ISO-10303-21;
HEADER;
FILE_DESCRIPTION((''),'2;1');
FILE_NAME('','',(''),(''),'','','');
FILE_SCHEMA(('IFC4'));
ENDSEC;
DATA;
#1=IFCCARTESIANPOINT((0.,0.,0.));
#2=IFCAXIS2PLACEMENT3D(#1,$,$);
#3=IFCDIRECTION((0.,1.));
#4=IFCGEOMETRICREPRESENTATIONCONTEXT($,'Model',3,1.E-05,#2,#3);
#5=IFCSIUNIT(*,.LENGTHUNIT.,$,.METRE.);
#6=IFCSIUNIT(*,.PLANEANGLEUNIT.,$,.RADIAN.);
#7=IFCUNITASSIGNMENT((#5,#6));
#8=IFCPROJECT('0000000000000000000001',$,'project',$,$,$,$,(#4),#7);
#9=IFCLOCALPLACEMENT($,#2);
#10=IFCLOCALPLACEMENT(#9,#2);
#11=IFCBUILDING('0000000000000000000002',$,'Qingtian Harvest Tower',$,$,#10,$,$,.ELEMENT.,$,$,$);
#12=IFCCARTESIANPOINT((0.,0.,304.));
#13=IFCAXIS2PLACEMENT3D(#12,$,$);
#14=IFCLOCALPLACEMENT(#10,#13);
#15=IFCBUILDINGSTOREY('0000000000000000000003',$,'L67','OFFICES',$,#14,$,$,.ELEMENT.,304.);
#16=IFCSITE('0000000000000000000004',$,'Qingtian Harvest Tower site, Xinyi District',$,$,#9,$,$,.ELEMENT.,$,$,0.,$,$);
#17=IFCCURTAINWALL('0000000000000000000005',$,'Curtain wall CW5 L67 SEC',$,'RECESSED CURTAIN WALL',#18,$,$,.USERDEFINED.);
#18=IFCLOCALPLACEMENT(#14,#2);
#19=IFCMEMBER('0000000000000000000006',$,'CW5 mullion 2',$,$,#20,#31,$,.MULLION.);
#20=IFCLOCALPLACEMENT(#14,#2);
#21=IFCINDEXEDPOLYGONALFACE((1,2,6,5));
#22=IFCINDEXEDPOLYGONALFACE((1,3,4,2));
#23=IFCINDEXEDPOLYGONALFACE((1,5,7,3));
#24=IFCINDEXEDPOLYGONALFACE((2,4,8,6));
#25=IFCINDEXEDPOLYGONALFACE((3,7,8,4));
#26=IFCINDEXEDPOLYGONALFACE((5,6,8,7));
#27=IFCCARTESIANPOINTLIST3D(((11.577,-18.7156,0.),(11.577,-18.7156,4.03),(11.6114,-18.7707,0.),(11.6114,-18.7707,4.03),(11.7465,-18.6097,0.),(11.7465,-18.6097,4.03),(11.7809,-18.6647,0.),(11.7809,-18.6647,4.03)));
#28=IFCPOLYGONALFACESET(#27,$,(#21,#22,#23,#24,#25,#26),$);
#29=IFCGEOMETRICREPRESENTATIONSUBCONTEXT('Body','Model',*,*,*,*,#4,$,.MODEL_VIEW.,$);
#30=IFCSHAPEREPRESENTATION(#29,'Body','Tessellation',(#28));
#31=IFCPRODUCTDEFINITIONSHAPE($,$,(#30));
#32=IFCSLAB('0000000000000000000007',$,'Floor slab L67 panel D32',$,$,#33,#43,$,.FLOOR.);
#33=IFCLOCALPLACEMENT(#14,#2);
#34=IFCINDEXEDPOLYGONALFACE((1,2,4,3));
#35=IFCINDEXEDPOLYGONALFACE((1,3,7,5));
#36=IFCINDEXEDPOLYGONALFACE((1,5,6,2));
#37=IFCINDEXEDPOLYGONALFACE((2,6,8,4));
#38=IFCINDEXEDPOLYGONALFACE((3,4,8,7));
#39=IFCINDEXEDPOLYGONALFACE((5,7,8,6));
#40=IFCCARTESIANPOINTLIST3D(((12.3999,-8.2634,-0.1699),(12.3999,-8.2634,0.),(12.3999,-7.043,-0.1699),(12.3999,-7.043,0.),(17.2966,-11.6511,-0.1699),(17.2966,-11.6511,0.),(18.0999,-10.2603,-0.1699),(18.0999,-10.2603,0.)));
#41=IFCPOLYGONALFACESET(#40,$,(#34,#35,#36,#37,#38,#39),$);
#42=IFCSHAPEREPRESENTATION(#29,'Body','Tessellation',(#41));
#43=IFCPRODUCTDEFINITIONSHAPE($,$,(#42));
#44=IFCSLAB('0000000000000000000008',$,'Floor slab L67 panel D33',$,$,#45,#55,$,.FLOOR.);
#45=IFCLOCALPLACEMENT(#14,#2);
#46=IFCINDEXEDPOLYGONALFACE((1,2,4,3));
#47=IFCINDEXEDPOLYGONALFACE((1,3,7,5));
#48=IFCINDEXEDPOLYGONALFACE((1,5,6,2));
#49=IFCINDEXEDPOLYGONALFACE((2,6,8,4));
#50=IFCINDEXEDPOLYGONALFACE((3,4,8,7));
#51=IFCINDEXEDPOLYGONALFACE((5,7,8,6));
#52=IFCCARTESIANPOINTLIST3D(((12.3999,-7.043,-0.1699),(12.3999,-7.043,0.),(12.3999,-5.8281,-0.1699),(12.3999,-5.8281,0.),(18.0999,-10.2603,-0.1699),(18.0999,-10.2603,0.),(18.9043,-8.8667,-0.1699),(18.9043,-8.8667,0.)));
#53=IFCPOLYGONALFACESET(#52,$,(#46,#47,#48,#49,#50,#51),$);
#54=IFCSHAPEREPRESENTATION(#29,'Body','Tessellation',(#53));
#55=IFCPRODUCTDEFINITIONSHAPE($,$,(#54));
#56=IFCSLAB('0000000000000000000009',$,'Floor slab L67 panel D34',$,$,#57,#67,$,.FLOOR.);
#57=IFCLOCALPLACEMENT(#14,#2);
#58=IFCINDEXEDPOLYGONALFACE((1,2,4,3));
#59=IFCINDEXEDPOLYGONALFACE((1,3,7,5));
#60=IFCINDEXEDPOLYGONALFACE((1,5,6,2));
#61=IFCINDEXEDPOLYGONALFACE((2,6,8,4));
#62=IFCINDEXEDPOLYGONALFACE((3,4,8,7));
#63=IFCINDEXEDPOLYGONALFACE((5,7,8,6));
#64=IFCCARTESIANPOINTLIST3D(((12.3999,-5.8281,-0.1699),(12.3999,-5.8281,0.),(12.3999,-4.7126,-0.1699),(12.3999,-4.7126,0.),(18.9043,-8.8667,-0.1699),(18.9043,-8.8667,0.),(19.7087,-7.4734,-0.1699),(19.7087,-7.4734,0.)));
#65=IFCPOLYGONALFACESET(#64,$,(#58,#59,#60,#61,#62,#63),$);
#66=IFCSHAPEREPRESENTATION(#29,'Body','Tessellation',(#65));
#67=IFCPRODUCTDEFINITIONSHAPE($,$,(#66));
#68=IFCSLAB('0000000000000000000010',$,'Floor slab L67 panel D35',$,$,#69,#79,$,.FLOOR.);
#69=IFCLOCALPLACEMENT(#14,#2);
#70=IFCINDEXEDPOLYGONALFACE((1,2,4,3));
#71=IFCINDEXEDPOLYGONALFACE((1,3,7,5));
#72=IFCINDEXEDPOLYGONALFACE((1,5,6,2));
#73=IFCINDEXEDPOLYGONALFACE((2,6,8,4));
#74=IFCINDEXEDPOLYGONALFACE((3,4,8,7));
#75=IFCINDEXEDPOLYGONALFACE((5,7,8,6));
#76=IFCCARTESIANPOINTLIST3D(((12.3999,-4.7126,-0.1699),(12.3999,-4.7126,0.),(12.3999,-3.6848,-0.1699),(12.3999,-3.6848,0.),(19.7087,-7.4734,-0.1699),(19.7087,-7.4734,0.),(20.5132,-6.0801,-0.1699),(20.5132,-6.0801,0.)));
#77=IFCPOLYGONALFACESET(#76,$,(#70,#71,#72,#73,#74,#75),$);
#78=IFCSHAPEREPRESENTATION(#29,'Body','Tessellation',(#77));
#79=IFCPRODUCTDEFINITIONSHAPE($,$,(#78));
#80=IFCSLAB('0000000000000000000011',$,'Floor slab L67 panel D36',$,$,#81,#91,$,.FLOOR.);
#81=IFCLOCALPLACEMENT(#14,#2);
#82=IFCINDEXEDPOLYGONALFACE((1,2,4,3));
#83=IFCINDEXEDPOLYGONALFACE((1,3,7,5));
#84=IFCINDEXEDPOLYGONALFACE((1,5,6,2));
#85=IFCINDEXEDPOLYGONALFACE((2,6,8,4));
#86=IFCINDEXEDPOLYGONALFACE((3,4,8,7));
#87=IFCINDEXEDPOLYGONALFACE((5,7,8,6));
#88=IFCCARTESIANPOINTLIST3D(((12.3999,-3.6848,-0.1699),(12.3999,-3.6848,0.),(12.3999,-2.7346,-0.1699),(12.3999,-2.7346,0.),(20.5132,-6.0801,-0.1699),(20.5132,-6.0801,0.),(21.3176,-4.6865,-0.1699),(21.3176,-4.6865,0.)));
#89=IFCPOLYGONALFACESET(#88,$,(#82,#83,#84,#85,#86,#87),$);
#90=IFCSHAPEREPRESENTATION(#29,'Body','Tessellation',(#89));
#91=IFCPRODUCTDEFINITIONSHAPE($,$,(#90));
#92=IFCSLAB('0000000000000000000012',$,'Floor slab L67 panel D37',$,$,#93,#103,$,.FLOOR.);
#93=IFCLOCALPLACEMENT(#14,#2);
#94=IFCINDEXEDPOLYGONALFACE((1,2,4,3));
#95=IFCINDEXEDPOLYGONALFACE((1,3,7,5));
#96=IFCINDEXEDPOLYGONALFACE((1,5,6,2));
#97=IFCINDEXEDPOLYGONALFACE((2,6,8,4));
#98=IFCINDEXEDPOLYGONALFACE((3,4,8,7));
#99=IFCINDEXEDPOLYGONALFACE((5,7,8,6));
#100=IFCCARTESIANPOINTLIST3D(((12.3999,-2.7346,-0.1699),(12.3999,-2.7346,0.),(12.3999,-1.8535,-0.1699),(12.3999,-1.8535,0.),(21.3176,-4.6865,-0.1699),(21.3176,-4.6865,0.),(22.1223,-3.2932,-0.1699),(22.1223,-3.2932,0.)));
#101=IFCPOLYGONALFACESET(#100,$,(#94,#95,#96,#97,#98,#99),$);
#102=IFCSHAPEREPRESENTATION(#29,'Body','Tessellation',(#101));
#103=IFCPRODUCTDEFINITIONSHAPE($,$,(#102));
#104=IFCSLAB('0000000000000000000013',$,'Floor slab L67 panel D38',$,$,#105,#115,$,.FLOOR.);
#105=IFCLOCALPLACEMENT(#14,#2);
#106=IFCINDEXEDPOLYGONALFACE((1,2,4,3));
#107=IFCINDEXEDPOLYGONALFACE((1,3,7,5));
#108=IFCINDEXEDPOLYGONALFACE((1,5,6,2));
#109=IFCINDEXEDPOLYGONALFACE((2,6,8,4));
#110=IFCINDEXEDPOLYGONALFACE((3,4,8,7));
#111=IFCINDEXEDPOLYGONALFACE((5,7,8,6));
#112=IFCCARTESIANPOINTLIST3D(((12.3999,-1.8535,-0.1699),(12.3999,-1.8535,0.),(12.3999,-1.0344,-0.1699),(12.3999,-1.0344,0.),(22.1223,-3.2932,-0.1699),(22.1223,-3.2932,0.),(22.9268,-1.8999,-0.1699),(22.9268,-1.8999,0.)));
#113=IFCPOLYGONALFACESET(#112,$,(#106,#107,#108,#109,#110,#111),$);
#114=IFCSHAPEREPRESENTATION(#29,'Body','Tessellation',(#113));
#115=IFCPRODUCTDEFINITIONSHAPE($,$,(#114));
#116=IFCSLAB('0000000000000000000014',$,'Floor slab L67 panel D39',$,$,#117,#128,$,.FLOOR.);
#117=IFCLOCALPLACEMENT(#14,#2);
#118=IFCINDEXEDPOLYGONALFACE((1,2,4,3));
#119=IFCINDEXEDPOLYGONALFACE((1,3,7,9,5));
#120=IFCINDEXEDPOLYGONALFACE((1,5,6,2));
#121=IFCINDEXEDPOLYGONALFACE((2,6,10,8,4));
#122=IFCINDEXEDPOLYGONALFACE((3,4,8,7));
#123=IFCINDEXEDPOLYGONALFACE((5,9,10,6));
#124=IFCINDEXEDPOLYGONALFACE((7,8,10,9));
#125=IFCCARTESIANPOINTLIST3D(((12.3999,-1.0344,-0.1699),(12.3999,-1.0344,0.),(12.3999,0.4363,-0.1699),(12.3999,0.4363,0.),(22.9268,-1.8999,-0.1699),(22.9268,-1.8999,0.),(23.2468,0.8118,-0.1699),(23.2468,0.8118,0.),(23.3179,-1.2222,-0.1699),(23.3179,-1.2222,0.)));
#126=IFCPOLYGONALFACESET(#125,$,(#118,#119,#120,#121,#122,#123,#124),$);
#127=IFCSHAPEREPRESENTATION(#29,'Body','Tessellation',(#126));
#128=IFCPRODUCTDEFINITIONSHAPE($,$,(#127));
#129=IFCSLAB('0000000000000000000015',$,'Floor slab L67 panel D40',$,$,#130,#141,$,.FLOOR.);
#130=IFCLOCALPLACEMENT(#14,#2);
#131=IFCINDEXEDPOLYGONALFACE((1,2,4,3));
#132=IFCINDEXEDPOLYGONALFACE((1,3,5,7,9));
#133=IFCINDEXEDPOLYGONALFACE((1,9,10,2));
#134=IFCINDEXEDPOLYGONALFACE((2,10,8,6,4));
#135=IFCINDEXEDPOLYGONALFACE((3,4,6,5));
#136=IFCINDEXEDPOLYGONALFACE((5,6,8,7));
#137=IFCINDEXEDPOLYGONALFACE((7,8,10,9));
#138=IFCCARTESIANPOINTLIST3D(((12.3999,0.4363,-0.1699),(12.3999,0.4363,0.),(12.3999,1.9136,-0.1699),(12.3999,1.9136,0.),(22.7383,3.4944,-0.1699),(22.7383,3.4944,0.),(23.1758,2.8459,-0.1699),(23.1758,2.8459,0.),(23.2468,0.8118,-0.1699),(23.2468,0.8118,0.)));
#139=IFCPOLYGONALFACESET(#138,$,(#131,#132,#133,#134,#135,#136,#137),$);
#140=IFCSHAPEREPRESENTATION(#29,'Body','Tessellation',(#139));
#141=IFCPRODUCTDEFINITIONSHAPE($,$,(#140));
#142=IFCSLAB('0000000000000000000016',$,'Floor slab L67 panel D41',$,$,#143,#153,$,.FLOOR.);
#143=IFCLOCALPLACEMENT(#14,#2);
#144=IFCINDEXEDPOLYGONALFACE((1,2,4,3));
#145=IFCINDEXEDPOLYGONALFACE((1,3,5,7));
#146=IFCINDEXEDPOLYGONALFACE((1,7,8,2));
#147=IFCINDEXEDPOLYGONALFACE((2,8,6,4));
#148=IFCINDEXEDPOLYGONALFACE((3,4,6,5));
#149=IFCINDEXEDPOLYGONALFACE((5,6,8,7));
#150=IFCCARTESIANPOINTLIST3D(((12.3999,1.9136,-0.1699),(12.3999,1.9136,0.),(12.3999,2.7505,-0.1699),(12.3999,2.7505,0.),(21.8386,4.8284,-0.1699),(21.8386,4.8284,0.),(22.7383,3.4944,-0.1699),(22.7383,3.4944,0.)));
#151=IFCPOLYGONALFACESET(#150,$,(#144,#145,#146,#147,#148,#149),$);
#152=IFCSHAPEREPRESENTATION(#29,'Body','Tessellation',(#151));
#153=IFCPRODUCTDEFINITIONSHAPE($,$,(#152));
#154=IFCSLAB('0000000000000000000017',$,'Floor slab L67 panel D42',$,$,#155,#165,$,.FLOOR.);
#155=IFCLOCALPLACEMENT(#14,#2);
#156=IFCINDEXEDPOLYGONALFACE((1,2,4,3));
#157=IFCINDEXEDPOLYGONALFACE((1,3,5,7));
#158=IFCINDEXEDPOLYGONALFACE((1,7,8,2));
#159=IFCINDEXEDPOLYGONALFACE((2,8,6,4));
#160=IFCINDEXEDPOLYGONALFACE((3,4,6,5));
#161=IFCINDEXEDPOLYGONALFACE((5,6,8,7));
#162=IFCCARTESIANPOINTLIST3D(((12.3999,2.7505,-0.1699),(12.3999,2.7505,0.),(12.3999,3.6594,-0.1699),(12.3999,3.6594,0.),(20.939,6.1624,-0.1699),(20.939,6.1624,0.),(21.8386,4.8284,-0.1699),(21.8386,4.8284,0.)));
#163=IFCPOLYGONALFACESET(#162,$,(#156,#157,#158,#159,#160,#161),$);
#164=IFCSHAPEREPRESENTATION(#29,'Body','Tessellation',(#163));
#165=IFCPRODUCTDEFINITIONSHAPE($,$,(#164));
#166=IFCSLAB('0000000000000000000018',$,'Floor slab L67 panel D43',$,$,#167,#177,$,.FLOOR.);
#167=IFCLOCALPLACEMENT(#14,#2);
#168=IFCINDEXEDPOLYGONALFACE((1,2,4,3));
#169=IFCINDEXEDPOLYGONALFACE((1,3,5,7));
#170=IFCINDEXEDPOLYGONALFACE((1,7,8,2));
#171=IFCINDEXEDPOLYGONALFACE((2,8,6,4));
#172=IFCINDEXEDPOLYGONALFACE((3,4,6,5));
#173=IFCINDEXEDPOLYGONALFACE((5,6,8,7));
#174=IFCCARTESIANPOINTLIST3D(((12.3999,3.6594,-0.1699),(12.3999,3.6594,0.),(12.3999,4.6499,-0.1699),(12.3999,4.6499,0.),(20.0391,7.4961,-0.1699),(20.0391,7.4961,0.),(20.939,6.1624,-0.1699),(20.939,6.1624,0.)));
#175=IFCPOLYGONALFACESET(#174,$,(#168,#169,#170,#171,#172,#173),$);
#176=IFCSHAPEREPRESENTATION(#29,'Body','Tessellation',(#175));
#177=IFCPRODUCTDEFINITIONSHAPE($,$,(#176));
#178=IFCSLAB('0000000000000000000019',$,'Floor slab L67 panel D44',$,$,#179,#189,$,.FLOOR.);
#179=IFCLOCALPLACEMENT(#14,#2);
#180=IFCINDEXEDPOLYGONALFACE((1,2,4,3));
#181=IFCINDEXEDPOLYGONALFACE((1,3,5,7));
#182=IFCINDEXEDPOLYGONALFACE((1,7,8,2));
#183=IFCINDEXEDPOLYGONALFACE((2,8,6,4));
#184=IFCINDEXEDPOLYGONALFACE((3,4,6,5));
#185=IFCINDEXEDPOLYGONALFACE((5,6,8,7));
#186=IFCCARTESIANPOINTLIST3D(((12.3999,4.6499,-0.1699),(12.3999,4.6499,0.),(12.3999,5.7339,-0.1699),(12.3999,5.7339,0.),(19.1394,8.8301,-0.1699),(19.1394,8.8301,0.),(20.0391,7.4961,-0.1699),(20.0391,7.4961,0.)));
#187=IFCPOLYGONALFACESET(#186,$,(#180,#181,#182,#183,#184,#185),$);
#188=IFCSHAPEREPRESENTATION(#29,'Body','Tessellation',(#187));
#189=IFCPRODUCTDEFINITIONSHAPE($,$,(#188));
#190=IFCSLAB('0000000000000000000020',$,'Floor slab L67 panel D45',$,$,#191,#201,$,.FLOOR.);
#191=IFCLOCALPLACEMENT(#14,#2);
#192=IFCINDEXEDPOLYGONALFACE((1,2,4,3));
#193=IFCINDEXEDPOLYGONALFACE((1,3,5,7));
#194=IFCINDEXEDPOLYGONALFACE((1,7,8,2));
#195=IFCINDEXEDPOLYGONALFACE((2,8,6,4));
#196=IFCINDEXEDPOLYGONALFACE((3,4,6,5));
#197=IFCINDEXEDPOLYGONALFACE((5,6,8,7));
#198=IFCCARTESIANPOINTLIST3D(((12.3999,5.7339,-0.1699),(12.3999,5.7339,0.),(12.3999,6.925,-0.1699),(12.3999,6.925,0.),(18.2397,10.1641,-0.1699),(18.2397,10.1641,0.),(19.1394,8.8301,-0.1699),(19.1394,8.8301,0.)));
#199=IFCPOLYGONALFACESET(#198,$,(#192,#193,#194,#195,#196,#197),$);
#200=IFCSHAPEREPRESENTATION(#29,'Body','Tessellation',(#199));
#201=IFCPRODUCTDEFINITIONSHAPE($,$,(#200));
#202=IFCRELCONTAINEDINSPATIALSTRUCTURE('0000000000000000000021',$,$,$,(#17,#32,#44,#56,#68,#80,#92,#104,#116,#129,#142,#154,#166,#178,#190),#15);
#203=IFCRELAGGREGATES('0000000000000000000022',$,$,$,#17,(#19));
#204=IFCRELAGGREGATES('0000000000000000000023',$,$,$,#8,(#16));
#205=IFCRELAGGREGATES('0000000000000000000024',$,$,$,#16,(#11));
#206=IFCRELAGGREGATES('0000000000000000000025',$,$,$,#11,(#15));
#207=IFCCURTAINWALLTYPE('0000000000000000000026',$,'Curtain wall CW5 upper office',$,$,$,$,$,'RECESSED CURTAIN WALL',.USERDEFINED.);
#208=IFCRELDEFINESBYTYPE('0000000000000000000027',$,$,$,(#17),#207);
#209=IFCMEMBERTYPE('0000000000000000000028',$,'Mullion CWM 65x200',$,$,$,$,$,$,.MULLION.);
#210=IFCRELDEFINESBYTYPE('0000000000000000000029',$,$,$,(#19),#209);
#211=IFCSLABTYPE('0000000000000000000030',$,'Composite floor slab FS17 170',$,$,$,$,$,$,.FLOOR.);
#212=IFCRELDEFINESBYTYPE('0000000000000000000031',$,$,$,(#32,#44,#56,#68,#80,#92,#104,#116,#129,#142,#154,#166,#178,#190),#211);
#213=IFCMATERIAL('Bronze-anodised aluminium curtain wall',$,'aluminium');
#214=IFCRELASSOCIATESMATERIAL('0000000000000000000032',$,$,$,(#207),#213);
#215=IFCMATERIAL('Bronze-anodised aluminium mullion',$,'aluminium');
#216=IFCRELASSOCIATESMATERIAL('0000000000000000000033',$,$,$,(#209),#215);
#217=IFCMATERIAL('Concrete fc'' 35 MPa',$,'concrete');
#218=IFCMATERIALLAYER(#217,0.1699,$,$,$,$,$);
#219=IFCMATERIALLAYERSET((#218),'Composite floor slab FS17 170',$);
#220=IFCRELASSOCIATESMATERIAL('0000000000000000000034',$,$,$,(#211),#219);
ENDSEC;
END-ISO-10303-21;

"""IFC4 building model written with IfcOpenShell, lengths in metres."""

from ifc_helpers import new_model, si_unit, direction, frame, origin, origin_2d, place, context, subcontext, project, spatial, polyline, rectangle, outline, extrude, material, layer, layer_set, material_profile, profile_set, type_object, element, aggregate, save


model = new_model("IFC4")

# Units and contexts
model_context = context("Model", 3, precision=1e-05, world=origin(), true_north=direction((0.0, 1.0)))
body_context = subcontext(model_context, "Body", "Model", "MODEL_VIEW")
ifc_project = project(units=[si_unit("LENGTHUNIT", "METRE"), si_unit("PLANEANGLEUNIT", "RADIAN")], contexts=[model_context])

# Site, building, storey
site_placement = place(None, origin())
site = spatial("IfcSite", under=ifc_project, at=site_placement, Name="Qingtian Harvest Tower site, Xinyi District", CompositionType="ELEMENT", RefElevation=0.0)
building_placement = place(site_placement, origin())
building = spatial("IfcBuilding", under=site, at=building_placement, Name="Qingtian Harvest Tower", CompositionType="ELEMENT")
storey_placement = place(building_placement, frame((0.0, 0.0, 304.0)))
storey = spatial("IfcBuildingStorey", under=building, at=storey_placement, Name="L67", Description="OFFICES", CompositionType="ELEMENT", Elevation=304.0)

# Curtain wall, member
ifc_material_1 = material(Name="Bronze-anodised aluminium curtain wall", Category="aluminium")
curtain_wall_type = type_object("IfcCurtainWallType", Name="Curtain wall CW5 upper office", ElementType="RECESSED CURTAIN WALL", PredefinedType="USERDEFINED", material=ifc_material_1)
curtain_wall_placement = place(storey_placement, origin())
curtain_wall = element("IfcCurtainWall", 1, at=curtain_wall_placement, inside=storey, type_object=curtain_wall_type, Name="Curtain wall CW5 L67 SEC", ObjectType="RECESSED CURTAIN WALL", PredefinedType="USERDEFINED")
ifc_material_2 = material(Name="Bronze-anodised aluminium mullion", Category="aluminium")
ifc_material_profile = material_profile(ifc_material_2, rectangle(XDim=0.0649, YDim=0.2, at=origin_2d()), Name="AL 65x200")
ifc_profile_set = profile_set([ifc_material_profile], Name="Bronze-anodised aluminium mullion")
member_type = type_object("IfcMemberType", Name="Mullion CWM 65x200", PredefinedType="MULLION", material=ifc_profile_set)
member_placement = place(storey_placement, frame((11.679, -18.6902, 0.0), z_axis=(0.0, 0.0, 1.0), x_axis=(0.529919, -0.848048, 0.0)))
member = element("IfcMember", 2, at=member_placement, type_object=member_type, Name="CW5 mullion 2", PredefinedType="MULLION", context=body_context, shape_type="SweptSolid", body=[
    extrude(rectangle(XDim=0.0649, YDim=0.2, at=origin_2d()), origin(), (0.0, 0.0, 1.0), 4.03),
])
aggregate(curtain_wall, [member])

# Slabs
ifc_material_3 = material(Name="Concrete fc' 35 MPa", Category="concrete")
ifc_layer_1 = layer(ifc_material_3, 0.1699)
ifc_layer_set_1 = layer_set([ifc_layer_1], Name="Composite floor slab FS17 170")
slab_type = type_object("IfcSlabType", Name="Composite floor slab FS17 170", PredefinedType="FLOOR", material=ifc_layer_set_1)
slab_1_placement = place(storey_placement, frame((0.0, 0.0, -0.1699)))
element("IfcSlab", 3, at=slab_1_placement, inside=storey, type_object=slab_type, Name="Floor slab L67 panel D32", PredefinedType="FLOOR", context=body_context, shape_type="SweptSolid", body=[
    extrude(outline(polyline([(12.3999, -7.043), (18.0999, -10.2603), (17.2966, -11.6511), (12.3999, -8.2634), (12.3999, -7.043)])), origin(), (0.0, 0.0, 1.0), 0.1699),
])
slab_2_placement = place(storey_placement, frame((0.0, 0.0, -0.1699)))
element("IfcSlab", 4, at=slab_2_placement, inside=storey, type_object=slab_type, Name="Floor slab L67 panel D33", PredefinedType="FLOOR", context=body_context, shape_type="SweptSolid", body=[
    extrude(outline(polyline([(12.3999, -5.8281), (18.9043, -8.8667), (18.0999, -10.2603), (12.3999, -7.043), (12.3999, -5.8281)])), origin(), (0.0, 0.0, 1.0), 0.1699),
])
slab_3_placement = place(storey_placement, frame((0.0, 0.0, -0.1699)))
element("IfcSlab", 5, at=slab_3_placement, inside=storey, type_object=slab_type, Name="Floor slab L67 panel D34", PredefinedType="FLOOR", context=body_context, shape_type="SweptSolid", body=[
    extrude(outline(polyline([(12.3999, -4.7126), (19.7087, -7.4734), (18.9043, -8.8667), (12.3999, -5.8281), (12.3999, -4.7126)])), origin(), (0.0, 0.0, 1.0), 0.1699),
])
slab_4_placement = place(storey_placement, frame((0.0, 0.0, -0.1699)))
element("IfcSlab", 6, at=slab_4_placement, inside=storey, type_object=slab_type, Name="Floor slab L67 panel D35", PredefinedType="FLOOR", context=body_context, shape_type="SweptSolid", body=[
    extrude(outline(polyline([(12.3999, -3.6848), (20.5132, -6.0801), (19.7087, -7.4734), (12.3999, -4.7126), (12.3999, -3.6848)])), origin(), (0.0, 0.0, 1.0), 0.1699),
])
slab_5_placement = place(storey_placement, frame((0.0, 0.0, -0.1699)))
element("IfcSlab", 7, at=slab_5_placement, inside=storey, type_object=slab_type, Name="Floor slab L67 panel D36", PredefinedType="FLOOR", context=body_context, shape_type="SweptSolid", body=[
    extrude(outline(polyline([(12.3999, -2.7346), (21.3176, -4.6865), (20.5132, -6.0801), (12.3999, -3.6848), (12.3999, -2.7346)])), origin(), (0.0, 0.0, 1.0), 0.1699),
])
slab_6_placement = place(storey_placement, frame((0.0, 0.0, -0.1699)))
element("IfcSlab", 8, at=slab_6_placement, inside=storey, type_object=slab_type, Name="Floor slab L67 panel D37", PredefinedType="FLOOR", context=body_context, shape_type="SweptSolid", body=[
    extrude(outline(polyline([(12.3999, -1.8535), (22.1223, -3.2932), (21.3176, -4.6865), (12.3999, -2.7346), (12.3999, -1.8535)])), origin(), (0.0, 0.0, 1.0), 0.1699),
])
slab_7_placement = place(storey_placement, frame((0.0, 0.0, -0.1699)))
element("IfcSlab", 9, at=slab_7_placement, inside=storey, type_object=slab_type, Name="Floor slab L67 panel D38", PredefinedType="FLOOR", context=body_context, shape_type="SweptSolid", body=[
    extrude(outline(polyline([(12.3999, -1.0344), (22.9268, -1.8999), (22.1223, -3.2932), (12.3999, -1.8535), (12.3999, -1.0344)])), origin(), (0.0, 0.0, 1.0), 0.1699),
])
slab_8_placement = place(storey_placement, frame((0.0, 0.0, -0.1699)))
element("IfcSlab", 10, at=slab_8_placement, inside=storey, type_object=slab_type, Name="Floor slab L67 panel D39", PredefinedType="FLOOR", context=body_context, shape_type="SweptSolid", body=[
    extrude(outline(polyline([(12.3999, -1.0344), (12.3999, 0.4363), (23.2468, 0.8118), (23.3179, -1.2222), (22.9268, -1.8999), (12.3999, -1.0344)])), origin(), (0.0, 0.0, 1.0), 0.1699),
])
slab_9_placement = place(storey_placement, frame((0.0, 0.0, -0.1699)))
element("IfcSlab", 11, at=slab_9_placement, inside=storey, type_object=slab_type, Name="Floor slab L67 panel D40", PredefinedType="FLOOR", context=body_context, shape_type="SweptSolid", body=[
    extrude(outline(polyline([(12.3999, 0.4363), (12.3999, 1.9136), (22.7383, 3.4944), (23.1758, 2.8459), (23.2468, 0.8118), (12.3999, 0.4363)])), origin(), (0.0, 0.0, 1.0), 0.1699),
])
slab_10_placement = place(storey_placement, frame((0.0, 0.0, -0.1699)))
element("IfcSlab", 12, at=slab_10_placement, inside=storey, type_object=slab_type, Name="Floor slab L67 panel D41", PredefinedType="FLOOR", context=body_context, shape_type="SweptSolid", body=[
    extrude(outline(polyline([(12.3999, 2.7505), (21.8386, 4.8284), (22.7383, 3.4944), (12.3999, 1.9136), (12.3999, 2.7505)])), origin(), (0.0, 0.0, 1.0), 0.1699),
])
slab_11_placement = place(storey_placement, frame((0.0, 0.0, -0.1699)))
element("IfcSlab", 13, at=slab_11_placement, inside=storey, type_object=slab_type, Name="Floor slab L67 panel D42", PredefinedType="FLOOR", context=body_context, shape_type="SweptSolid", body=[
    extrude(outline(polyline([(12.3999, 3.6594), (20.939, 6.1624), (21.8386, 4.8284), (12.3999, 2.7505), (12.3999, 3.6594)])), origin(), (0.0, 0.0, 1.0), 0.1699),
])
slab_12_placement = place(storey_placement, frame((0.0, 0.0, -0.1699)))
element("IfcSlab", 14, at=slab_12_placement, inside=storey, type_object=slab_type, Name="Floor slab L67 panel D43", PredefinedType="FLOOR", context=body_context, shape_type="SweptSolid", body=[
    extrude(outline(polyline([(12.3999, 4.6499), (20.0391, 7.4961), (20.939, 6.1624), (12.3999, 3.6594), (12.3999, 4.6499)])), origin(), (0.0, 0.0, 1.0), 0.1699),
])
slab_13_placement = place(storey_placement, frame((0.0, 0.0, -0.1699)))
element("IfcSlab", 15, at=slab_13_placement, inside=storey, type_object=slab_type, Name="Floor slab L67 panel D44", PredefinedType="FLOOR", context=body_context, shape_type="SweptSolid", body=[
    extrude(outline(polyline([(12.3999, 5.7339), (19.1394, 8.8301), (20.0391, 7.4961), (12.3999, 4.6499), (12.3999, 5.7339)])), origin(), (0.0, 0.0, 1.0), 0.1699),
])
slab_14_placement = place(storey_placement, frame((0.0, 0.0, -0.1699)))
element("IfcSlab", 16, at=slab_14_placement, inside=storey, type_object=slab_type, Name="Floor slab L67 panel D45", PredefinedType="FLOOR", context=body_context, shape_type="SweptSolid", body=[
    extrude(outline(polyline([(12.3999, 6.925), (18.2397, 10.1641), (19.1394, 8.8301), (12.3999, 5.7339), (12.3999, 6.925)])), origin(), (0.0, 0.0, 1.0), 0.1699),
])

save(model, "model.ifc")
